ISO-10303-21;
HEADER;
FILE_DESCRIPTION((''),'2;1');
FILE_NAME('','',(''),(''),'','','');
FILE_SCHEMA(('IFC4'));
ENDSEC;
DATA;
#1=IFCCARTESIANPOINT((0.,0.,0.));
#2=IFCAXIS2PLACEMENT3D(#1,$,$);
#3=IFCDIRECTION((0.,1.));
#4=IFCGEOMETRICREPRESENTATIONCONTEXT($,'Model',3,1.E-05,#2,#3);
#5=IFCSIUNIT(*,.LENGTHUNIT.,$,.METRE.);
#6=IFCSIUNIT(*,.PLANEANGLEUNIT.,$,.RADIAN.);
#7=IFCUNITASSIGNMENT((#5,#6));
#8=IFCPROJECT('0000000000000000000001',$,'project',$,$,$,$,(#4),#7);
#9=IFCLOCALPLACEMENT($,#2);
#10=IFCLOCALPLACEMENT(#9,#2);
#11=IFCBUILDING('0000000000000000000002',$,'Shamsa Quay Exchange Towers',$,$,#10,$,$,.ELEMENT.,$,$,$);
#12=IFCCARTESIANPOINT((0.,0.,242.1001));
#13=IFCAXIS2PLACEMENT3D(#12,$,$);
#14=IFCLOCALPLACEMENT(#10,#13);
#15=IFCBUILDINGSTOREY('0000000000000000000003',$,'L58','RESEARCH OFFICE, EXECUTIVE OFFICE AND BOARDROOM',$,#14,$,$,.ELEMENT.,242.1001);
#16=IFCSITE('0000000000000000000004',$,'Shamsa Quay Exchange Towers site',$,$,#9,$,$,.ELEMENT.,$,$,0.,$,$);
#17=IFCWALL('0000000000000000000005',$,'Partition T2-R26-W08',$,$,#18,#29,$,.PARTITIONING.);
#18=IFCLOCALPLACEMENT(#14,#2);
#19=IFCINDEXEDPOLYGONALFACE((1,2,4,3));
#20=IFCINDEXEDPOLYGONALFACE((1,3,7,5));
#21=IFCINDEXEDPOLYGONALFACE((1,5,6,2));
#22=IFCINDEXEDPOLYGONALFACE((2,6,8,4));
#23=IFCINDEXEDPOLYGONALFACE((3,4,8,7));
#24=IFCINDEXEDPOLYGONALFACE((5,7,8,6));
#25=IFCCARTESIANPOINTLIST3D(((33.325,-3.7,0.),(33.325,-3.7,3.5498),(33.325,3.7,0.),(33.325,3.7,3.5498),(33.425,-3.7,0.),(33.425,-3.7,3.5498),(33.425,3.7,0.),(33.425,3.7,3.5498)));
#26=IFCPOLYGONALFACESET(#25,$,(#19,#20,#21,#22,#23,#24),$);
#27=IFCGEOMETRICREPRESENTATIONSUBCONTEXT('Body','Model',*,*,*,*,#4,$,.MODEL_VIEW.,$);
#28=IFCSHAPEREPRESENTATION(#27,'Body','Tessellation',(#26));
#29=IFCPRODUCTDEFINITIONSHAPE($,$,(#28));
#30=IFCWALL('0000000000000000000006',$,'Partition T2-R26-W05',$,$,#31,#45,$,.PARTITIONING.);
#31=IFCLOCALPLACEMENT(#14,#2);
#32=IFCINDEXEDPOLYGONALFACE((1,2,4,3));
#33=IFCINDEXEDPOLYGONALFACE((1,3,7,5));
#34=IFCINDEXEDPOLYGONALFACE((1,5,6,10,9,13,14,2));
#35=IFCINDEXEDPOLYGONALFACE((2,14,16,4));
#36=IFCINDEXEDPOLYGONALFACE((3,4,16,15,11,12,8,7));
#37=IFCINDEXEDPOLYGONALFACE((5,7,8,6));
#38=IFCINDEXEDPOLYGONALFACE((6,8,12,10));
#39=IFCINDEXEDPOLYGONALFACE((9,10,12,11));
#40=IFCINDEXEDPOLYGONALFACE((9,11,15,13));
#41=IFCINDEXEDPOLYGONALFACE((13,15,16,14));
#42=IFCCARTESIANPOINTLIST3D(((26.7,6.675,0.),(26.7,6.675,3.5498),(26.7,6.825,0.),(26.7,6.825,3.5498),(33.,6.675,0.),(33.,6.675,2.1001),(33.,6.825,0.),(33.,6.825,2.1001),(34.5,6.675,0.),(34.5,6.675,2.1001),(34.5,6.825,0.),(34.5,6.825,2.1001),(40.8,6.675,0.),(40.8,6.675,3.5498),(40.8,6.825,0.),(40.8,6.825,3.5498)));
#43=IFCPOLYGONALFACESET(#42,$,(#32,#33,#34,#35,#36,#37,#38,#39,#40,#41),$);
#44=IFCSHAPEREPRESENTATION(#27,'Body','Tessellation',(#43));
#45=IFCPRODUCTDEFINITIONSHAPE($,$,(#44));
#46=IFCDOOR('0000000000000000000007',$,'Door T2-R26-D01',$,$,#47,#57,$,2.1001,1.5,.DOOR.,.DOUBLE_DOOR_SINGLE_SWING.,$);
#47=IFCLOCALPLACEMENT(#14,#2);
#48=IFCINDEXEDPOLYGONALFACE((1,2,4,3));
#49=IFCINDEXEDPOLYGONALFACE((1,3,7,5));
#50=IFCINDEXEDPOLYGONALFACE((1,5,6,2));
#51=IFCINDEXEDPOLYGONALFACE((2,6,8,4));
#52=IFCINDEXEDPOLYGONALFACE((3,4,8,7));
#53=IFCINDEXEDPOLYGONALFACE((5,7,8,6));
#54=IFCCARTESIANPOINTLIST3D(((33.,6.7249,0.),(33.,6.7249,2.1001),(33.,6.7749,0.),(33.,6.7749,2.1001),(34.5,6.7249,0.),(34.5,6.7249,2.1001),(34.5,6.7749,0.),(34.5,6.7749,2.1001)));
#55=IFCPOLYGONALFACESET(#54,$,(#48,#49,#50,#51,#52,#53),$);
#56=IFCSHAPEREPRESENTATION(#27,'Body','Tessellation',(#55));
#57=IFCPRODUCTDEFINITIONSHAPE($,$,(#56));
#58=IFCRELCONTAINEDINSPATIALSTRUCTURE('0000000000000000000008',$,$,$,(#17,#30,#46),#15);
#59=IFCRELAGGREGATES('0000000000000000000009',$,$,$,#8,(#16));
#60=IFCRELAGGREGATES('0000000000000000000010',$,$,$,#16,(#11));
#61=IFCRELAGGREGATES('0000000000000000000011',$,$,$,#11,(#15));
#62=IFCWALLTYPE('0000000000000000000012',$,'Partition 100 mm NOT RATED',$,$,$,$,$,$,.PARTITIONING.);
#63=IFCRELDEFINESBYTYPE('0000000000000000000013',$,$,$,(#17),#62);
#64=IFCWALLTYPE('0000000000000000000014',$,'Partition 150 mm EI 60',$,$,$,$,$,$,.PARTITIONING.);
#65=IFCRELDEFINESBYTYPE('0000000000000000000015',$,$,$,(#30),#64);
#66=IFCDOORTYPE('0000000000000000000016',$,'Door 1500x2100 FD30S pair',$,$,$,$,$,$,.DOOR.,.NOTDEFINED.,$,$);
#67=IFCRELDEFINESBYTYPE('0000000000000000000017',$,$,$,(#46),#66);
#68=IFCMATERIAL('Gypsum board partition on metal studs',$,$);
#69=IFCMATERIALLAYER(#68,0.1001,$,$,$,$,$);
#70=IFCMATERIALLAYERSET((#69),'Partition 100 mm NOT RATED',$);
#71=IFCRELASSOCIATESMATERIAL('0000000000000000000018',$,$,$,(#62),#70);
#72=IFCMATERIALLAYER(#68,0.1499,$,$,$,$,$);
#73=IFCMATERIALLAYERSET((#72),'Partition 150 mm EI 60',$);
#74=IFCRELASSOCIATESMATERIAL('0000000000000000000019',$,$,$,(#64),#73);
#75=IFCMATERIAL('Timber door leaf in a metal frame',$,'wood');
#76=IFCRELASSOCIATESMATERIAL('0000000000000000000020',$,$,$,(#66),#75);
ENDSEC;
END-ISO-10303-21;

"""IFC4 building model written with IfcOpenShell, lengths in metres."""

from ifc_helpers import new_model, si_unit, direction, frame, frame_2d, origin, place, context, subcontext, project, spatial, rectangle, extrude, material, layer, layer_set, type_object, element, fill, save


model = new_model("IFC4")

# Units and contexts
model_context = context("Model", 3, precision=1e-05, world=origin(), true_north=direction((0.0, 1.0)))
body_context = subcontext(model_context, "Body", "Model", "MODEL_VIEW")
ifc_project = project(units=[si_unit("LENGTHUNIT", "METRE"), si_unit("PLANEANGLEUNIT", "RADIAN")], contexts=[model_context])

# Site, building, storey
site_placement = place(None, origin())
site = spatial("IfcSite", under=ifc_project, at=site_placement, Name="Shamsa Quay Exchange Towers site", CompositionType="ELEMENT", RefElevation=0.0)
building_placement = place(site_placement, origin())
building = spatial("IfcBuilding", under=site, at=building_placement, Name="Shamsa Quay Exchange Towers", CompositionType="ELEMENT")
storey_placement = place(building_placement, frame((0.0, 0.0, 242.1001)))
storey = spatial("IfcBuildingStorey", under=building, at=storey_placement, Name="L58", Description="RESEARCH OFFICE, EXECUTIVE OFFICE AND BOARDROOM", CompositionType="ELEMENT", Elevation=242.1001)

# Shared definitions
ifc_material_1 = material(Name="Gypsum board partition on metal studs")
ifc_layer_1 = layer(ifc_material_1, 0.1001)
ifc_layer_set_1 = layer_set([ifc_layer_1], Name="Partition 100 mm NOT RATED")
wall_type_1 = type_object("IfcWallType", Name="Partition 100 mm NOT RATED", PredefinedType="PARTITIONING", material=ifc_layer_set_1)
ifc_material_2 = material(Name="Timber door leaf in a metal frame", Category="wood")

# Wall
wall_1_placement = place(storey_placement, frame((33.375, 3.7, 0.0), z_axis=(0.0, 0.0, 1.0), x_axis=(0.0, -1.0, 0.0)))
element("IfcWall", 1, at=wall_1_placement, inside=storey, type_object=wall_type_1, Name="Partition T2-R26-W08", PredefinedType="PARTITIONING", context=body_context, shape_type="SweptSolid", body=[
    extrude(rectangle(XDim=7.3999, YDim=0.1001, at=frame_2d((3.7, 0.0))), origin(), (0.0, 0.0, 1.0), 3.5498),
])

# Wall, opening, door
ifc_layer_2 = layer(ifc_material_1, 0.1499)
ifc_layer_set_2 = layer_set([ifc_layer_2], Name="Partition 150 mm EI 60")
wall_type_2 = type_object("IfcWallType", Name="Partition 150 mm EI 60", PredefinedType="PARTITIONING", material=ifc_layer_set_2)
wall_2_placement = place(storey_placement, frame((26.7, 6.75, 0.0)))
wall_2 = element("IfcWall", 2, at=wall_2_placement, inside=storey, type_object=wall_type_2, Name="Partition T2-R26-W05", PredefinedType="PARTITIONING", context=body_context, shape_type="SweptSolid", body=[
    extrude(rectangle(XDim=14.1001, YDim=0.1499, at=frame_2d((7.05, 0.0))), origin(), (0.0, 0.0, 1.0), 3.5498),
])
opening_1_placement = place(wall_2_placement, frame((6.3, 0.0, 0.0)))
opening_1 = element("IfcOpeningElement", 3, at=opening_1_placement, cuts=wall_2, PredefinedType="OPENING", context=body_context, shape_type="SweptSolid", body=[
    extrude(rectangle(XDim=1.5, YDim=2.1001, at=frame_2d((0.75, 1.05))), frame((0.0, 0.085, 0.0), z_axis=(0.0, -1.0, 0.0), x_axis=(1.0, 0.0, 0.0)), (0.0, 0.0, 1.0), 0.1699),
])
door_type_1 = type_object("IfcDoorType", Name="Door 1500x2100 FD30S pair", OperationType="NOTDEFINED", PredefinedType="DOOR", material=ifc_material_2)
door_1_placement = place(opening_1_placement, origin())
door_1 = element("IfcDoor", 4, at=door_1_placement, inside=storey, type_object=door_type_1, Name="Door T2-R26-D01", OperationType="DOUBLE_DOOR_SINGLE_SWING", OverallHeight=2.1001, OverallWidth=1.5, PredefinedType="DOOR", context=body_context, shape_type="SweptSolid", body=[
    extrude(rectangle(XDim=1.5, YDim=2.1001, at=frame_2d((0.75, 1.05))), frame((0.0, 0.0249, 0.0), z_axis=(0.0, -1.0, 0.0), x_axis=(1.0, 0.0, 0.0)), (0.0, 0.0, 1.0), 0.05),
])
fill(opening_1, door_1)

save(model, "model.ifc")
